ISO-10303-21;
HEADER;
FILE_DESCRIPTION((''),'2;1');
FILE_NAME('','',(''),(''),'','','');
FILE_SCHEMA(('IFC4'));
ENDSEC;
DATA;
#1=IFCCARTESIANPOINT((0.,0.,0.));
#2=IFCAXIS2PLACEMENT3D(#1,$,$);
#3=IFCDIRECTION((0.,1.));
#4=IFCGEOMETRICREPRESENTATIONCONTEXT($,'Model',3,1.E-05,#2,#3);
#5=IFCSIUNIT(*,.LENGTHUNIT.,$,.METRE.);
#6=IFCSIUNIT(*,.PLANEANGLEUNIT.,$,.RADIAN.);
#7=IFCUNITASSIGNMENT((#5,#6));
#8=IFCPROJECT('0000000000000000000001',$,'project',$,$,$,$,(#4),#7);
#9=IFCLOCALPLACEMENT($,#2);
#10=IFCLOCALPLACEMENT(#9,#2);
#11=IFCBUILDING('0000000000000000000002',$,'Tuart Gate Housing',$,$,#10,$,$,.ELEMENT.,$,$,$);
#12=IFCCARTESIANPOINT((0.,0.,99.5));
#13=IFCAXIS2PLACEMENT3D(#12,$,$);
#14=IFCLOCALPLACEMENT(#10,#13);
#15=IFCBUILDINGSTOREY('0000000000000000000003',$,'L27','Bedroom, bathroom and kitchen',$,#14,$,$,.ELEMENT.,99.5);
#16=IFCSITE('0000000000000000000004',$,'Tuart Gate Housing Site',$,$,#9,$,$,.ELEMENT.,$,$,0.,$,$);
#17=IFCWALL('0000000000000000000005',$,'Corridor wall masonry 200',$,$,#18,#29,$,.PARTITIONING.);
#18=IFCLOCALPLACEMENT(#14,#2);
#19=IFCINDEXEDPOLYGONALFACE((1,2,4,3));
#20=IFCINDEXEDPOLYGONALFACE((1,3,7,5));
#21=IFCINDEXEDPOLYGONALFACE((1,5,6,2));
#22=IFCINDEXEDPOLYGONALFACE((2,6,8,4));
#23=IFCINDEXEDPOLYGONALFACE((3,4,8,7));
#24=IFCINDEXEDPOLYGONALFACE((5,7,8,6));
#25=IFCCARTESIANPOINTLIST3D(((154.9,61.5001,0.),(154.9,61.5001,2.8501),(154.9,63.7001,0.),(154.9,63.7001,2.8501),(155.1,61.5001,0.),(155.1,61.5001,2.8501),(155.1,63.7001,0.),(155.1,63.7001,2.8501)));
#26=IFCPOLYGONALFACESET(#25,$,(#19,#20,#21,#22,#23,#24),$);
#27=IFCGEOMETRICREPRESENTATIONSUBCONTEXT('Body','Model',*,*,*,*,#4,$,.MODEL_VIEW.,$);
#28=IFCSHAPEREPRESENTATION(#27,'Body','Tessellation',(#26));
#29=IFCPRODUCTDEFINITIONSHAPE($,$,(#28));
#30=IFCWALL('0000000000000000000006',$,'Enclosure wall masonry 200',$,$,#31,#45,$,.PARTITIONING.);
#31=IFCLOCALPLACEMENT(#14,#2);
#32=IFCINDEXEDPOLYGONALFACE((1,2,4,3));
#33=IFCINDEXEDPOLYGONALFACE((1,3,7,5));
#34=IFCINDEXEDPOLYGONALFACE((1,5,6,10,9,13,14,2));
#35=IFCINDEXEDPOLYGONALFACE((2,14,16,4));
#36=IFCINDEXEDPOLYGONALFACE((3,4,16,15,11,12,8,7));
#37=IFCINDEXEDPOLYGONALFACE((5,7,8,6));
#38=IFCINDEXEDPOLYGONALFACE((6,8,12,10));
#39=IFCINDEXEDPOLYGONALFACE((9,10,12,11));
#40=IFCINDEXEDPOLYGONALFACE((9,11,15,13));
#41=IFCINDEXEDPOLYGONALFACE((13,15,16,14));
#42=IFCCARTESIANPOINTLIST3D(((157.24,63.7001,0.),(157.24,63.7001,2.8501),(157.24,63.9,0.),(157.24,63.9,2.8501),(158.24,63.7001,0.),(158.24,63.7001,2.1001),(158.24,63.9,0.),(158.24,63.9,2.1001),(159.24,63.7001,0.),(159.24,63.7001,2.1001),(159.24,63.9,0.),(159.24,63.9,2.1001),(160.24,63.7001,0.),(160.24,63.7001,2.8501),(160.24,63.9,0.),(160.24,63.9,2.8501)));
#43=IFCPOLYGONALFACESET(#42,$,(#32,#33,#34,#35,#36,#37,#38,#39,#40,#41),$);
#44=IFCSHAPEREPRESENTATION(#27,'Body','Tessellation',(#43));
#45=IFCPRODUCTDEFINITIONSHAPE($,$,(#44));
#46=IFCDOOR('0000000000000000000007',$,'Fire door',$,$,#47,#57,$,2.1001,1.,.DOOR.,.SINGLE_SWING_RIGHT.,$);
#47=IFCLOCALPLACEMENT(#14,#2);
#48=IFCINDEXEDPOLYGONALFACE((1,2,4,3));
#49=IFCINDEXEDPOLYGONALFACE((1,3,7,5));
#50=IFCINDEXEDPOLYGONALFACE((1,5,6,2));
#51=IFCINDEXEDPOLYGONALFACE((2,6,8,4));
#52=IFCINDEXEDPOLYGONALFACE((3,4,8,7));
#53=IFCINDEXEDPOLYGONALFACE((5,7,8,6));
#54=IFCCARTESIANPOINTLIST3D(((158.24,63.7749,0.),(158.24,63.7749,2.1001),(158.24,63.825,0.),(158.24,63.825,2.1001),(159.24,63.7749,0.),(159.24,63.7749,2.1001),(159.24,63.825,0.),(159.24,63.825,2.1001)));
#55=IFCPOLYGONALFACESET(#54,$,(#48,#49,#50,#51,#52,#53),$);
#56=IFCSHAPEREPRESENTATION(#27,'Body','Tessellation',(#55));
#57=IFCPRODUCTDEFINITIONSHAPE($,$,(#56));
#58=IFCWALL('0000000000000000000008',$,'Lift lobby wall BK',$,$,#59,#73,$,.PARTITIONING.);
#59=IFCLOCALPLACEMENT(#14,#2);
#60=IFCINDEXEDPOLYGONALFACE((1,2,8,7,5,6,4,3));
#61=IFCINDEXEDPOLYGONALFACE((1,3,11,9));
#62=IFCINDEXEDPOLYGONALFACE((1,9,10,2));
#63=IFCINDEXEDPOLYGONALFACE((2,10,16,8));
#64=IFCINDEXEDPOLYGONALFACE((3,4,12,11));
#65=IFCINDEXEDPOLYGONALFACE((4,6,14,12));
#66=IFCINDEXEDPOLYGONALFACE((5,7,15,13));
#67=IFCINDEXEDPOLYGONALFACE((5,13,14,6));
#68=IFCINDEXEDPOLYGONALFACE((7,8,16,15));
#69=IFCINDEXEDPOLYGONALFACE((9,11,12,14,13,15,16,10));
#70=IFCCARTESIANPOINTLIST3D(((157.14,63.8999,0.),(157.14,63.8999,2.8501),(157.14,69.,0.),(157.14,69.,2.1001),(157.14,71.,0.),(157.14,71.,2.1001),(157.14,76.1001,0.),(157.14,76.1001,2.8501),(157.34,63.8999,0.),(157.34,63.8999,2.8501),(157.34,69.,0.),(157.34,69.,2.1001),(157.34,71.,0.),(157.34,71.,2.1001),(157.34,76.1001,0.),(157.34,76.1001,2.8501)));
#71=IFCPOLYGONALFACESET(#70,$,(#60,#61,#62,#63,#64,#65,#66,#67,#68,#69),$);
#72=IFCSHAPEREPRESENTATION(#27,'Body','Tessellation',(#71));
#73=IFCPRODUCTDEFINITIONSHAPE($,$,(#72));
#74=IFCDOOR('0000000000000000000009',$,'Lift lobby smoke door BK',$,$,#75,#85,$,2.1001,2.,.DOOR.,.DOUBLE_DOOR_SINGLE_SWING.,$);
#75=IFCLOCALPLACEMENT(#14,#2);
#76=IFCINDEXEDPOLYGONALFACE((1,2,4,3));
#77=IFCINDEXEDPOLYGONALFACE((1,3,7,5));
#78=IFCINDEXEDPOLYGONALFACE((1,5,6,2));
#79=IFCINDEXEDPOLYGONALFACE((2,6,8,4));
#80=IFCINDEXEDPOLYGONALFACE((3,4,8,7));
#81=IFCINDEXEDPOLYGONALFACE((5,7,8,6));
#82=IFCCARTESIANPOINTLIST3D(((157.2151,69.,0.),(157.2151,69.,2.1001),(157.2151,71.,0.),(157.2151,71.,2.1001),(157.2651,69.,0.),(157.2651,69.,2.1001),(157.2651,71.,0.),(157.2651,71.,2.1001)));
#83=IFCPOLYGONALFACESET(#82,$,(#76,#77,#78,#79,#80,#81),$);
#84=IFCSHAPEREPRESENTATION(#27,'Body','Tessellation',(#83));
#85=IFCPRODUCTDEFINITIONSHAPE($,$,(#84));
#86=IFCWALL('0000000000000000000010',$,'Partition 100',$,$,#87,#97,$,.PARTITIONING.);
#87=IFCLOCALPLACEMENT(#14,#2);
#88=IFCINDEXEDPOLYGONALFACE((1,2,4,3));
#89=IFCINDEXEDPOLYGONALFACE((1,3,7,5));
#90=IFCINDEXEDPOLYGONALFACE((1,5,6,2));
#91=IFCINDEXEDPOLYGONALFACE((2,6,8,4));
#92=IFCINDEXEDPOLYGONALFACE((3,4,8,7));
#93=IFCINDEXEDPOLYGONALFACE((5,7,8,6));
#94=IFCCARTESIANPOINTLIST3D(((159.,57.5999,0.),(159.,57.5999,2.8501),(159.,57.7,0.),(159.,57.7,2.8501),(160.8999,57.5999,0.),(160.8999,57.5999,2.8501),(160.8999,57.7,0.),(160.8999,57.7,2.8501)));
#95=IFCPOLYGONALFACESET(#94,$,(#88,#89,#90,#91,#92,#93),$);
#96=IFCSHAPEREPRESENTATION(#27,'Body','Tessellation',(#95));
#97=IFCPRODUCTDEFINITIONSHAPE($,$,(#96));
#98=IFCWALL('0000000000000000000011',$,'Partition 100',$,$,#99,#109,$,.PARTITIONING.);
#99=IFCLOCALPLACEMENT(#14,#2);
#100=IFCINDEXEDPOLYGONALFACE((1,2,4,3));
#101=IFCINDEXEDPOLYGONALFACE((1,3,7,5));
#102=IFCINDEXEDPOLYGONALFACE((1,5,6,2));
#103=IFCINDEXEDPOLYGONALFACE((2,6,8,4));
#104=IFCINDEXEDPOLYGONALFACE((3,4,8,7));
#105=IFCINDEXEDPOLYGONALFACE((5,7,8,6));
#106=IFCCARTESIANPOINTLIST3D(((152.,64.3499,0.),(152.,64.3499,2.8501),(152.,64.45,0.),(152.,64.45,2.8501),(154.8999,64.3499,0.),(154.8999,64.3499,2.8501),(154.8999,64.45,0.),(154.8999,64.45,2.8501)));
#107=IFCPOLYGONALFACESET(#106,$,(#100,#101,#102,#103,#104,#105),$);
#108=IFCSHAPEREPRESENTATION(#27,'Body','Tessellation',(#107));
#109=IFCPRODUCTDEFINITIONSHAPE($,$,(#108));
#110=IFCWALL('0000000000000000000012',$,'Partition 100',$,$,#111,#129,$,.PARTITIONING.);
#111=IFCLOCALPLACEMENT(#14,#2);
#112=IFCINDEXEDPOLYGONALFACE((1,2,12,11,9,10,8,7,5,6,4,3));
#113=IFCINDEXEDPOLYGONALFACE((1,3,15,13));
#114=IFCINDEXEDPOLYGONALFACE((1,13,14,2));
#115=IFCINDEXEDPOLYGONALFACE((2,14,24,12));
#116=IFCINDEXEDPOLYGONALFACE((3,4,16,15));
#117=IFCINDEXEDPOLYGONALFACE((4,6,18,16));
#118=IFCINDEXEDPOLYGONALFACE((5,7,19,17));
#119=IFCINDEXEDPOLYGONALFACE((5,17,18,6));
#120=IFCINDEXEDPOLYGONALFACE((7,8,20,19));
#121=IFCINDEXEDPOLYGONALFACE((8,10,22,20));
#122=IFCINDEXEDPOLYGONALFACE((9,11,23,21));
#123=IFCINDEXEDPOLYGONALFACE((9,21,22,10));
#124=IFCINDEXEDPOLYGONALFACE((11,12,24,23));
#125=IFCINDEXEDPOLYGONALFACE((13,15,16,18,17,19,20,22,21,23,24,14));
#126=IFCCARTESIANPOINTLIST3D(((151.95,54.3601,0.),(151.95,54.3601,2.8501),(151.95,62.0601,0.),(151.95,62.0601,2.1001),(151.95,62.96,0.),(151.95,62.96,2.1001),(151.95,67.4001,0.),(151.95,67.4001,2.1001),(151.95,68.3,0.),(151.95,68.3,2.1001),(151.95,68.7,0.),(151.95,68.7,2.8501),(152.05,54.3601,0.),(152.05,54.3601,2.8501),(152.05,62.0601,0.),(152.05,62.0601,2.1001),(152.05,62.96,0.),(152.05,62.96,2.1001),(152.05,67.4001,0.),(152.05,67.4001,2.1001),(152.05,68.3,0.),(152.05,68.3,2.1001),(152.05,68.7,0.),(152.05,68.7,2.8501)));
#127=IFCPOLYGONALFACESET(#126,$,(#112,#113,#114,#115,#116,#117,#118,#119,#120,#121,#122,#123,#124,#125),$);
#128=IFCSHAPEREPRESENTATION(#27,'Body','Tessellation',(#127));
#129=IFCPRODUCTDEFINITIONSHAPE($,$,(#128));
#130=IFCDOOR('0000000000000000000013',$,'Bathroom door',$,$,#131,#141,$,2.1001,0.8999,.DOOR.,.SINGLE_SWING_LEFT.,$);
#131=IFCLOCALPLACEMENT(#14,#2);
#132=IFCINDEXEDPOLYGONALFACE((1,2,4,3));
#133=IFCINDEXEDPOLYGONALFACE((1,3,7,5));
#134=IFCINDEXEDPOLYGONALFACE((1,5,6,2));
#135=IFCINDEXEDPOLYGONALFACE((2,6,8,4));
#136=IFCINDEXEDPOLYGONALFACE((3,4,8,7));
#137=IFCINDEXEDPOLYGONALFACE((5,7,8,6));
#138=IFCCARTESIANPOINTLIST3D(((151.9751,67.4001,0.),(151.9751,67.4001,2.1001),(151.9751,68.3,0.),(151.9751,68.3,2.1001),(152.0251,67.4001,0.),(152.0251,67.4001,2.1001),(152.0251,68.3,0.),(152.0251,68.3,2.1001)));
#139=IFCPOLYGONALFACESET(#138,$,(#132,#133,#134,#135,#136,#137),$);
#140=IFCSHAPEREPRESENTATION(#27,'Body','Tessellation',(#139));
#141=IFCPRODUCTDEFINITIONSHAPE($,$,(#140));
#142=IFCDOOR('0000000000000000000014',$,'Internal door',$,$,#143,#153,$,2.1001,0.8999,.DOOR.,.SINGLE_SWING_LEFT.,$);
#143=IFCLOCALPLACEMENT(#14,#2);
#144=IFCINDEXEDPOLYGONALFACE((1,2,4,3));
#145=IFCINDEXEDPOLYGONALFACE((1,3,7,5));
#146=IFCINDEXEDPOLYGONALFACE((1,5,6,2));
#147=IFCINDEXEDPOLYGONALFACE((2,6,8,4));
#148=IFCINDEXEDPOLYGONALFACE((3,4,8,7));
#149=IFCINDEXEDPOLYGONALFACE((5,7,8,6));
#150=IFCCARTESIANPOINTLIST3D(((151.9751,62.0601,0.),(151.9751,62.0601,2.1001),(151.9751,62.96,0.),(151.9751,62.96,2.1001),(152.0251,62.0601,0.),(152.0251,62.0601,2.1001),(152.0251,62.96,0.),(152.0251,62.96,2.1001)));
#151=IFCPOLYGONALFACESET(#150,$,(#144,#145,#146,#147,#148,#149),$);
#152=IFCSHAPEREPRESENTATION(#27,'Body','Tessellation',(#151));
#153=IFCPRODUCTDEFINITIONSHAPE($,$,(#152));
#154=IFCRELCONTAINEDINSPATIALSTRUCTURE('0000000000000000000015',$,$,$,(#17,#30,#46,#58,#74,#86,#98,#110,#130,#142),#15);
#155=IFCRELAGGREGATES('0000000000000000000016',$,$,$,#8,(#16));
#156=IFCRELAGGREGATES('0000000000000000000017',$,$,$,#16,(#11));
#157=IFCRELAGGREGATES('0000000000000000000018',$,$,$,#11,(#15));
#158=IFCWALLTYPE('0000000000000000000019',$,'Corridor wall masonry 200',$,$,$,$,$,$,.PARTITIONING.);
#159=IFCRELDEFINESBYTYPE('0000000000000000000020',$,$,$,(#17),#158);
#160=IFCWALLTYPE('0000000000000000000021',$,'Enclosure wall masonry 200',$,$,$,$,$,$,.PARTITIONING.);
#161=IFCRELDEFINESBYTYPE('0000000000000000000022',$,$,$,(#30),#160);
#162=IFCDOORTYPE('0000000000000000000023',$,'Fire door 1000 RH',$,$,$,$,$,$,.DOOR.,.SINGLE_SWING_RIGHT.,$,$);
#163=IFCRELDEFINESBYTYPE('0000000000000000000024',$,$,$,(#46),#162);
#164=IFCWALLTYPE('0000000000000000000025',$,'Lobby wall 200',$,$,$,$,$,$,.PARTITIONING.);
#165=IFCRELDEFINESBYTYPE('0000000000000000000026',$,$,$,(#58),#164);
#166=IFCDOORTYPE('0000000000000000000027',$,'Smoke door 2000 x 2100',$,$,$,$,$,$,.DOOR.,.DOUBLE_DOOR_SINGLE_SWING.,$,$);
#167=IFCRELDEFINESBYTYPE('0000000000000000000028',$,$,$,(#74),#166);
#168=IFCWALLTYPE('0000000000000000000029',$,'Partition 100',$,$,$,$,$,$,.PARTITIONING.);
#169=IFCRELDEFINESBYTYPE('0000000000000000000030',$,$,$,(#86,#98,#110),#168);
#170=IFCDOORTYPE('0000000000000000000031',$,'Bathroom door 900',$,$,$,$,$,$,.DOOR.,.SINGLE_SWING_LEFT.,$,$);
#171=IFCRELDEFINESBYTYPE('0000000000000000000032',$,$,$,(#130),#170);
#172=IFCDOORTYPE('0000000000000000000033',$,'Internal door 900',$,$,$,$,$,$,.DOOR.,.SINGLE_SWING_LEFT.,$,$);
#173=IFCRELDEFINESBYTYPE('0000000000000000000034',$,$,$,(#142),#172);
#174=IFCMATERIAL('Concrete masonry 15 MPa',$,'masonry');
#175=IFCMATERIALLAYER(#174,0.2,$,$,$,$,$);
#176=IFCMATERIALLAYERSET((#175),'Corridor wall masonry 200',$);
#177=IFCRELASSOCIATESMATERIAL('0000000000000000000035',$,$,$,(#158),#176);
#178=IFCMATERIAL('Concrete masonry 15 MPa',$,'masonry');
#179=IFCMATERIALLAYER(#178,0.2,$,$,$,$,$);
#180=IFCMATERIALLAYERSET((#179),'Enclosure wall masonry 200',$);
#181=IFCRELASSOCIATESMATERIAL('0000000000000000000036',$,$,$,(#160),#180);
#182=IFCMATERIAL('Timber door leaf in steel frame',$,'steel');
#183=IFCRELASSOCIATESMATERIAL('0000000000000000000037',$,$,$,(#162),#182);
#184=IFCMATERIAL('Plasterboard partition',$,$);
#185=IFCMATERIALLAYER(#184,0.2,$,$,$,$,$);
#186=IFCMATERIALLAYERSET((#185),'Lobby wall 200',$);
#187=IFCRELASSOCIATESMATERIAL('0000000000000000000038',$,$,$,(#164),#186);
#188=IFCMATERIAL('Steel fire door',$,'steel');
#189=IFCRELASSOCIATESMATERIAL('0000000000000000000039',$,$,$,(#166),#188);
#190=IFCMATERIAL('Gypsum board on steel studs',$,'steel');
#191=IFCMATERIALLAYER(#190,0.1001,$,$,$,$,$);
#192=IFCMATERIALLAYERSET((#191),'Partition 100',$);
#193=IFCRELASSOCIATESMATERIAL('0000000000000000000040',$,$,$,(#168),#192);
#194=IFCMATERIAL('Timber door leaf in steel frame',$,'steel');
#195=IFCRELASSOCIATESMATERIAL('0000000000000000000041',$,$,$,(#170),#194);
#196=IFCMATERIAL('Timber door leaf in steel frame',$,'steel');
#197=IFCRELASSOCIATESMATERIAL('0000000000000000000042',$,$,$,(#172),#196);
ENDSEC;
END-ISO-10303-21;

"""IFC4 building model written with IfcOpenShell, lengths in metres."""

from ifc_helpers import new_model, si_unit, direction, frame, frame_2d, origin, place, context, subcontext, project, spatial, rectangle, extrude, material, layer, layer_set, type_object, element, fill, save


model = new_model("IFC4")

# Units and contexts
model_context = context("Model", 3, precision=1e-05, world=origin(), true_north=direction((0.0, 1.0)))
body_context = subcontext(model_context, "Body", "Model", "MODEL_VIEW")
ifc_project = project(units=[si_unit("LENGTHUNIT", "METRE"), si_unit("PLANEANGLEUNIT", "RADIAN")], contexts=[model_context])

# Site, building, storey
site_placement = place(None, origin())
site = spatial("IfcSite", under=ifc_project, at=site_placement, Name="Tuart Gate Housing Site", CompositionType="ELEMENT", RefElevation=0.0)
building_placement = place(site_placement, origin())
building = spatial("IfcBuilding", under=site, at=building_placement, Name="Tuart Gate Housing", CompositionType="ELEMENT")
storey_placement = place(building_placement, frame((0.0, 0.0, 99.5)))
storey = spatial("IfcBuildingStorey", under=building, at=storey_placement, Name="L27", Description="Bedroom, bathroom and kitchen", CompositionType="ELEMENT", Elevation=99.5)

# Shared definitions
ifc_material_1 = material(Name="Concrete masonry 15 MPa", Category="masonry")
ifc_layer_1 = layer(ifc_material_1, 0.2)
ifc_layer_set_1 = layer_set([ifc_layer_1], Name="Corridor wall masonry 200")
wall_type_1 = type_object("IfcWallType", Name="Corridor wall masonry 200", PredefinedType="PARTITIONING", material=ifc_layer_set_1)

# Wall
wall_1_placement = place(storey_placement, frame((155.0, 61.5, 0.0), z_axis=(0.0, 0.0, 1.0), x_axis=(0.0, 1.0, 0.0)))
element("IfcWall", 1, at=wall_1_placement, inside=storey, type_object=wall_type_1, Name="Corridor wall masonry 200", PredefinedType="PARTITIONING", context=body_context, shape_type="SweptSolid", body=[
    extrude(rectangle(XDim=2.2, YDim=0.2, at=frame_2d((1.1001, 0.0))), origin(), (0.0, 0.0, 1.0), 2.8501),
])

# Walls, openings, doors
ifc_material_2 = material(Name="Concrete masonry 15 MPa", Category="masonry")
ifc_layer_2 = layer(ifc_material_2, 0.2)
ifc_layer_set_2 = layer_set([ifc_layer_2], Name="Enclosure wall masonry 200")
wall_type_2 = type_object("IfcWallType", Name="Enclosure wall masonry 200", PredefinedType="PARTITIONING", material=ifc_layer_set_2)
wall_2_placement = place(storey_placement, frame((157.24, 63.8, 0.0), z_axis=(0.0, 0.0, 1.0), x_axis=(1.0, 0.0, 0.0)))
wall_2 = element("IfcWall", 2, at=wall_2_placement, inside=storey, type_object=wall_type_2, Name="Enclosure wall masonry 200", PredefinedType="PARTITIONING", context=body_context, shape_type="SweptSolid", body=[
    extrude(rectangle(XDim=3.0, YDim=0.2, at=frame_2d((1.5, 0.0))), origin(), (0.0, 0.0, 1.0), 2.8501),
])
opening_1_placement = place(wall_2_placement, frame((1.0, 0.0, 0.0)))
opening_1 = element("IfcOpeningElement", 3, at=opening_1_placement, cuts=wall_2, PredefinedType="OPENING", context=body_context, shape_type="SweptSolid", body=[
    extrude(rectangle(XDim=1.0, YDim=2.1001, at=frame_2d((0.5, 1.05))), frame((0.0, 0.1099, 0.0), z_axis=(0.0, -1.0, 0.0), x_axis=(1.0, 0.0, 0.0)), (0.0, 0.0, 1.0), 0.22),
])
ifc_material_3 = material(Name="Timber door leaf in steel frame", Category="steel")
door_type_1 = type_object("IfcDoorType", Name="Fire door 1000 RH", OperationType="SINGLE_SWING_RIGHT", PredefinedType="DOOR", material=ifc_material_3)
door_1_placement = place(opening_1_placement, frame((1.0, 0.0, 0.0), z_axis=(0.0, 0.0, 1.0), x_axis=(-1.0, 0.0, 0.0)))
door_1 = element("IfcDoor", 4, at=door_1_placement, inside=storey, type_object=door_type_1, Name="Fire door", OperationType="SINGLE_SWING_RIGHT", OverallHeight=2.1001, OverallWidth=1.0, PredefinedType="DOOR", context=body_context, shape_type="SweptSolid", body=[
    extrude(rectangle(XDim=1.0, YDim=2.1001, at=frame_2d((0.5, 1.05))), frame((0.0, 0.0251, 0.0), z_axis=(0.0, -1.0, 0.0), x_axis=(1.0, 0.0, 0.0)), (0.0, 0.0, 1.0), 0.05),
])
fill(opening_1, door_1)
ifc_material_4 = material(Name="Plasterboard partition")
ifc_layer_3 = layer(ifc_material_4, 0.2)
ifc_layer_set_3 = layer_set([ifc_layer_3], Name="Lobby wall 200")
wall_type_3 = type_object("IfcWallType", Name="Lobby wall 200", PredefinedType="PARTITIONING", material=ifc_layer_set_3)
wall_3_placement = place(storey_placement, frame((157.24, 63.8999, 0.0), z_axis=(0.0, 0.0, 1.0), x_axis=(0.0, 1.0, 0.0)))
wall_3 = element("IfcWall", 5, at=wall_3_placement, inside=storey, type_object=wall_type_3, Name="Lift lobby wall BK", PredefinedType="PARTITIONING", context=body_context, shape_type="SweptSolid", body=[
    extrude(rectangle(XDim=12.2002, YDim=0.2, at=frame_2d((6.1001, 0.0))), origin(), (0.0, 0.0, 1.0), 2.8501),
])
opening_2_placement = place(wall_3_placement, frame((5.1001, 0.0, 0.0)))
opening_2 = element("IfcOpeningElement", 6, at=opening_2_placement, cuts=wall_3, PredefinedType="OPENING", context=body_context, shape_type="SweptSolid", body=[
    extrude(rectangle(XDim=2.0, YDim=2.1001, at=frame_2d((1.0, 1.05))), frame((0.0, 0.1099, 0.0), z_axis=(0.0, -1.0, 0.0), x_axis=(1.0, 0.0, 0.0)), (0.0, 0.0, 1.0), 0.22),
])
ifc_material_5 = material(Name="Steel fire door", Category="steel")
door_type_2 = type_object("IfcDoorType", Name="Smoke door 2000 x 2100", OperationType="DOUBLE_DOOR_SINGLE_SWING", PredefinedType="DOOR", material=ifc_material_5)
door_2_placement = place(opening_2_placement, frame((2.0, 0.0, 0.0), z_axis=(0.0, 0.0, 1.0), x_axis=(-1.0, 0.0, 0.0)))
door_2 = element("IfcDoor", 7, at=door_2_placement, inside=storey, type_object=door_type_2, Name="Lift lobby smoke door BK", OperationType="DOUBLE_DOOR_SINGLE_SWING", OverallHeight=2.1001, OverallWidth=2.0, PredefinedType="DOOR", context=body_context, shape_type="SweptSolid", body=[
    extrude(rectangle(XDim=2.0, YDim=2.1001, at=frame_2d((1.0, 1.05))), frame((0.0, 0.0251, 0.0), z_axis=(0.0, -1.0, 0.0), x_axis=(1.0, 0.0, 0.0)), (0.0, 0.0, 1.0), 0.05),
])
fill(opening_2, door_2)

# Walls
ifc_material_6 = material(Name="Gypsum board on steel studs", Category="steel")
ifc_layer_4 = layer(ifc_material_6, 0.1001)
ifc_layer_set_4 = layer_set([ifc_layer_4], Name="Partition 100")
wall_type_4 = type_object("IfcWallType", Name="Partition 100", PredefinedType="PARTITIONING", material=ifc_layer_set_4)
wall_4_placement = place(storey_placement, frame((159.0, 57.6499, 0.0), z_axis=(0.0, 0.0, 1.0), x_axis=(1.0, 0.0, 0.0)))
element("IfcWall", 8, at=wall_4_placement, inside=storey, type_object=wall_type_4, Name="Partition 100", PredefinedType="PARTITIONING", context=body_context, shape_type="SweptSolid", body=[
    extrude(rectangle(XDim=1.8999, YDim=0.1001, at=frame_2d((0.95, 0.0))), origin(), (0.0, 0.0, 1.0), 2.8501),
])
wall_5_placement = place(storey_placement, frame((152.0, 64.3999, 0.0), z_axis=(0.0, 0.0, 1.0), x_axis=(1.0, 0.0, 0.0)))
element("IfcWall", 9, at=wall_5_placement, inside=storey, type_object=wall_type_4, Name="Partition 100", PredefinedType="PARTITIONING", context=body_context, shape_type="SweptSolid", body=[
    extrude(rectangle(XDim=2.8999, YDim=0.1001, at=frame_2d((1.45, 0.0))), origin(), (0.0, 0.0, 1.0), 2.8501),
])

# Wall, openings, doors
wall_6_placement = place(storey_placement, frame((152.0, 54.3601, 0.0), z_axis=(0.0, 0.0, 1.0), x_axis=(0.0, 1.0, 0.0)))
wall_6 = element("IfcWall", 10, at=wall_6_placement, inside=storey, type_object=wall_type_4, Name="Partition 100", PredefinedType="PARTITIONING", context=body_context, shape_type="SweptSolid", body=[
    extrude(rectangle(XDim=14.3398, YDim=0.1001, at=frame_2d((7.1699, 0.0))), origin(), (0.0, 0.0, 1.0), 2.8501),
])
opening_3_placement = place(wall_6_placement, frame((7.7, 0.0, 0.0)))
opening_3 = element("IfcOpeningElement", 11, at=opening_3_placement, cuts=wall_6, PredefinedType="OPENING", context=body_context, shape_type="SweptSolid", body=[
    extrude(rectangle(XDim=0.8999, YDim=2.1001, at=frame_2d((0.45, 1.05))), frame((0.0, 0.0601, 0.0), z_axis=(0.0, -1.0, 0.0), x_axis=(1.0, 0.0, 0.0)), (0.0, 0.0, 1.0), 0.1201),
])
opening_4_placement = place(wall_6_placement, frame((13.04, 0.0, 0.0)))
opening_4 = element("IfcOpeningElement", 12, at=opening_4_placement, cuts=wall_6, PredefinedType="OPENING", context=body_context, shape_type="SweptSolid", body=[
    extrude(rectangle(XDim=0.8999, YDim=2.1001, at=frame_2d((0.45, 1.05))), frame((0.0, 0.0601, 0.0), z_axis=(0.0, -1.0, 0.0), x_axis=(1.0, 0.0, 0.0)), (0.0, 0.0, 1.0), 0.1201),
])
ifc_material_7 = material(Name="Timber door leaf in steel frame", Category="steel")
door_type_3 = type_object("IfcDoorType", Name="Bathroom door 900", OperationType="SINGLE_SWING_LEFT", PredefinedType="DOOR", material=ifc_material_7)
door_3_placement = place(opening_4_placement, frame((0.8999, 0.0, 0.0), z_axis=(0.0, 0.0, 1.0), x_axis=(-1.0, 0.0, 0.0)))
door_3 = element("IfcDoor", 13, at=door_3_placement, inside=storey, type_object=door_type_3, Name="Bathroom door", OperationType="SINGLE_SWING_LEFT", OverallHeight=2.1001, OverallWidth=0.8999, PredefinedType="DOOR", context=body_context, shape_type="SweptSolid", body=[
    extrude(rectangle(XDim=0.8999, YDim=2.1001, at=frame_2d((0.45, 1.05))), frame((0.0, 0.0251, 0.0), z_axis=(0.0, -1.0, 0.0), x_axis=(1.0, 0.0, 0.0)), (0.0, 0.0, 1.0), 0.05),
])
fill(opening_4, door_3)
ifc_material_8 = material(Name="Timber door leaf in steel frame", Category="steel")
door_type_4 = type_object("IfcDoorType", Name="Internal door 900", OperationType="SINGLE_SWING_LEFT", PredefinedType="DOOR", material=ifc_material_8)
door_4_placement = place(opening_3_placement, frame((0.8999, 0.0, 0.0), z_axis=(0.0, 0.0, 1.0), x_axis=(-1.0, 0.0, 0.0)))
door_4 = element("IfcDoor", 14, at=door_4_placement, inside=storey, type_object=door_type_4, Name="Internal door", OperationType="SINGLE_SWING_LEFT", OverallHeight=2.1001, OverallWidth=0.8999, PredefinedType="DOOR", context=body_context, shape_type="SweptSolid", body=[
    extrude(rectangle(XDim=0.8999, YDim=2.1001, at=frame_2d((0.45, 1.05))), frame((0.0, 0.0251, 0.0), z_axis=(0.0, -1.0, 0.0), x_axis=(1.0, 0.0, 0.0)), (0.0, 0.0, 1.0), 0.05),
])
fill(opening_3, door_4)

save(model, "model.ifc")
